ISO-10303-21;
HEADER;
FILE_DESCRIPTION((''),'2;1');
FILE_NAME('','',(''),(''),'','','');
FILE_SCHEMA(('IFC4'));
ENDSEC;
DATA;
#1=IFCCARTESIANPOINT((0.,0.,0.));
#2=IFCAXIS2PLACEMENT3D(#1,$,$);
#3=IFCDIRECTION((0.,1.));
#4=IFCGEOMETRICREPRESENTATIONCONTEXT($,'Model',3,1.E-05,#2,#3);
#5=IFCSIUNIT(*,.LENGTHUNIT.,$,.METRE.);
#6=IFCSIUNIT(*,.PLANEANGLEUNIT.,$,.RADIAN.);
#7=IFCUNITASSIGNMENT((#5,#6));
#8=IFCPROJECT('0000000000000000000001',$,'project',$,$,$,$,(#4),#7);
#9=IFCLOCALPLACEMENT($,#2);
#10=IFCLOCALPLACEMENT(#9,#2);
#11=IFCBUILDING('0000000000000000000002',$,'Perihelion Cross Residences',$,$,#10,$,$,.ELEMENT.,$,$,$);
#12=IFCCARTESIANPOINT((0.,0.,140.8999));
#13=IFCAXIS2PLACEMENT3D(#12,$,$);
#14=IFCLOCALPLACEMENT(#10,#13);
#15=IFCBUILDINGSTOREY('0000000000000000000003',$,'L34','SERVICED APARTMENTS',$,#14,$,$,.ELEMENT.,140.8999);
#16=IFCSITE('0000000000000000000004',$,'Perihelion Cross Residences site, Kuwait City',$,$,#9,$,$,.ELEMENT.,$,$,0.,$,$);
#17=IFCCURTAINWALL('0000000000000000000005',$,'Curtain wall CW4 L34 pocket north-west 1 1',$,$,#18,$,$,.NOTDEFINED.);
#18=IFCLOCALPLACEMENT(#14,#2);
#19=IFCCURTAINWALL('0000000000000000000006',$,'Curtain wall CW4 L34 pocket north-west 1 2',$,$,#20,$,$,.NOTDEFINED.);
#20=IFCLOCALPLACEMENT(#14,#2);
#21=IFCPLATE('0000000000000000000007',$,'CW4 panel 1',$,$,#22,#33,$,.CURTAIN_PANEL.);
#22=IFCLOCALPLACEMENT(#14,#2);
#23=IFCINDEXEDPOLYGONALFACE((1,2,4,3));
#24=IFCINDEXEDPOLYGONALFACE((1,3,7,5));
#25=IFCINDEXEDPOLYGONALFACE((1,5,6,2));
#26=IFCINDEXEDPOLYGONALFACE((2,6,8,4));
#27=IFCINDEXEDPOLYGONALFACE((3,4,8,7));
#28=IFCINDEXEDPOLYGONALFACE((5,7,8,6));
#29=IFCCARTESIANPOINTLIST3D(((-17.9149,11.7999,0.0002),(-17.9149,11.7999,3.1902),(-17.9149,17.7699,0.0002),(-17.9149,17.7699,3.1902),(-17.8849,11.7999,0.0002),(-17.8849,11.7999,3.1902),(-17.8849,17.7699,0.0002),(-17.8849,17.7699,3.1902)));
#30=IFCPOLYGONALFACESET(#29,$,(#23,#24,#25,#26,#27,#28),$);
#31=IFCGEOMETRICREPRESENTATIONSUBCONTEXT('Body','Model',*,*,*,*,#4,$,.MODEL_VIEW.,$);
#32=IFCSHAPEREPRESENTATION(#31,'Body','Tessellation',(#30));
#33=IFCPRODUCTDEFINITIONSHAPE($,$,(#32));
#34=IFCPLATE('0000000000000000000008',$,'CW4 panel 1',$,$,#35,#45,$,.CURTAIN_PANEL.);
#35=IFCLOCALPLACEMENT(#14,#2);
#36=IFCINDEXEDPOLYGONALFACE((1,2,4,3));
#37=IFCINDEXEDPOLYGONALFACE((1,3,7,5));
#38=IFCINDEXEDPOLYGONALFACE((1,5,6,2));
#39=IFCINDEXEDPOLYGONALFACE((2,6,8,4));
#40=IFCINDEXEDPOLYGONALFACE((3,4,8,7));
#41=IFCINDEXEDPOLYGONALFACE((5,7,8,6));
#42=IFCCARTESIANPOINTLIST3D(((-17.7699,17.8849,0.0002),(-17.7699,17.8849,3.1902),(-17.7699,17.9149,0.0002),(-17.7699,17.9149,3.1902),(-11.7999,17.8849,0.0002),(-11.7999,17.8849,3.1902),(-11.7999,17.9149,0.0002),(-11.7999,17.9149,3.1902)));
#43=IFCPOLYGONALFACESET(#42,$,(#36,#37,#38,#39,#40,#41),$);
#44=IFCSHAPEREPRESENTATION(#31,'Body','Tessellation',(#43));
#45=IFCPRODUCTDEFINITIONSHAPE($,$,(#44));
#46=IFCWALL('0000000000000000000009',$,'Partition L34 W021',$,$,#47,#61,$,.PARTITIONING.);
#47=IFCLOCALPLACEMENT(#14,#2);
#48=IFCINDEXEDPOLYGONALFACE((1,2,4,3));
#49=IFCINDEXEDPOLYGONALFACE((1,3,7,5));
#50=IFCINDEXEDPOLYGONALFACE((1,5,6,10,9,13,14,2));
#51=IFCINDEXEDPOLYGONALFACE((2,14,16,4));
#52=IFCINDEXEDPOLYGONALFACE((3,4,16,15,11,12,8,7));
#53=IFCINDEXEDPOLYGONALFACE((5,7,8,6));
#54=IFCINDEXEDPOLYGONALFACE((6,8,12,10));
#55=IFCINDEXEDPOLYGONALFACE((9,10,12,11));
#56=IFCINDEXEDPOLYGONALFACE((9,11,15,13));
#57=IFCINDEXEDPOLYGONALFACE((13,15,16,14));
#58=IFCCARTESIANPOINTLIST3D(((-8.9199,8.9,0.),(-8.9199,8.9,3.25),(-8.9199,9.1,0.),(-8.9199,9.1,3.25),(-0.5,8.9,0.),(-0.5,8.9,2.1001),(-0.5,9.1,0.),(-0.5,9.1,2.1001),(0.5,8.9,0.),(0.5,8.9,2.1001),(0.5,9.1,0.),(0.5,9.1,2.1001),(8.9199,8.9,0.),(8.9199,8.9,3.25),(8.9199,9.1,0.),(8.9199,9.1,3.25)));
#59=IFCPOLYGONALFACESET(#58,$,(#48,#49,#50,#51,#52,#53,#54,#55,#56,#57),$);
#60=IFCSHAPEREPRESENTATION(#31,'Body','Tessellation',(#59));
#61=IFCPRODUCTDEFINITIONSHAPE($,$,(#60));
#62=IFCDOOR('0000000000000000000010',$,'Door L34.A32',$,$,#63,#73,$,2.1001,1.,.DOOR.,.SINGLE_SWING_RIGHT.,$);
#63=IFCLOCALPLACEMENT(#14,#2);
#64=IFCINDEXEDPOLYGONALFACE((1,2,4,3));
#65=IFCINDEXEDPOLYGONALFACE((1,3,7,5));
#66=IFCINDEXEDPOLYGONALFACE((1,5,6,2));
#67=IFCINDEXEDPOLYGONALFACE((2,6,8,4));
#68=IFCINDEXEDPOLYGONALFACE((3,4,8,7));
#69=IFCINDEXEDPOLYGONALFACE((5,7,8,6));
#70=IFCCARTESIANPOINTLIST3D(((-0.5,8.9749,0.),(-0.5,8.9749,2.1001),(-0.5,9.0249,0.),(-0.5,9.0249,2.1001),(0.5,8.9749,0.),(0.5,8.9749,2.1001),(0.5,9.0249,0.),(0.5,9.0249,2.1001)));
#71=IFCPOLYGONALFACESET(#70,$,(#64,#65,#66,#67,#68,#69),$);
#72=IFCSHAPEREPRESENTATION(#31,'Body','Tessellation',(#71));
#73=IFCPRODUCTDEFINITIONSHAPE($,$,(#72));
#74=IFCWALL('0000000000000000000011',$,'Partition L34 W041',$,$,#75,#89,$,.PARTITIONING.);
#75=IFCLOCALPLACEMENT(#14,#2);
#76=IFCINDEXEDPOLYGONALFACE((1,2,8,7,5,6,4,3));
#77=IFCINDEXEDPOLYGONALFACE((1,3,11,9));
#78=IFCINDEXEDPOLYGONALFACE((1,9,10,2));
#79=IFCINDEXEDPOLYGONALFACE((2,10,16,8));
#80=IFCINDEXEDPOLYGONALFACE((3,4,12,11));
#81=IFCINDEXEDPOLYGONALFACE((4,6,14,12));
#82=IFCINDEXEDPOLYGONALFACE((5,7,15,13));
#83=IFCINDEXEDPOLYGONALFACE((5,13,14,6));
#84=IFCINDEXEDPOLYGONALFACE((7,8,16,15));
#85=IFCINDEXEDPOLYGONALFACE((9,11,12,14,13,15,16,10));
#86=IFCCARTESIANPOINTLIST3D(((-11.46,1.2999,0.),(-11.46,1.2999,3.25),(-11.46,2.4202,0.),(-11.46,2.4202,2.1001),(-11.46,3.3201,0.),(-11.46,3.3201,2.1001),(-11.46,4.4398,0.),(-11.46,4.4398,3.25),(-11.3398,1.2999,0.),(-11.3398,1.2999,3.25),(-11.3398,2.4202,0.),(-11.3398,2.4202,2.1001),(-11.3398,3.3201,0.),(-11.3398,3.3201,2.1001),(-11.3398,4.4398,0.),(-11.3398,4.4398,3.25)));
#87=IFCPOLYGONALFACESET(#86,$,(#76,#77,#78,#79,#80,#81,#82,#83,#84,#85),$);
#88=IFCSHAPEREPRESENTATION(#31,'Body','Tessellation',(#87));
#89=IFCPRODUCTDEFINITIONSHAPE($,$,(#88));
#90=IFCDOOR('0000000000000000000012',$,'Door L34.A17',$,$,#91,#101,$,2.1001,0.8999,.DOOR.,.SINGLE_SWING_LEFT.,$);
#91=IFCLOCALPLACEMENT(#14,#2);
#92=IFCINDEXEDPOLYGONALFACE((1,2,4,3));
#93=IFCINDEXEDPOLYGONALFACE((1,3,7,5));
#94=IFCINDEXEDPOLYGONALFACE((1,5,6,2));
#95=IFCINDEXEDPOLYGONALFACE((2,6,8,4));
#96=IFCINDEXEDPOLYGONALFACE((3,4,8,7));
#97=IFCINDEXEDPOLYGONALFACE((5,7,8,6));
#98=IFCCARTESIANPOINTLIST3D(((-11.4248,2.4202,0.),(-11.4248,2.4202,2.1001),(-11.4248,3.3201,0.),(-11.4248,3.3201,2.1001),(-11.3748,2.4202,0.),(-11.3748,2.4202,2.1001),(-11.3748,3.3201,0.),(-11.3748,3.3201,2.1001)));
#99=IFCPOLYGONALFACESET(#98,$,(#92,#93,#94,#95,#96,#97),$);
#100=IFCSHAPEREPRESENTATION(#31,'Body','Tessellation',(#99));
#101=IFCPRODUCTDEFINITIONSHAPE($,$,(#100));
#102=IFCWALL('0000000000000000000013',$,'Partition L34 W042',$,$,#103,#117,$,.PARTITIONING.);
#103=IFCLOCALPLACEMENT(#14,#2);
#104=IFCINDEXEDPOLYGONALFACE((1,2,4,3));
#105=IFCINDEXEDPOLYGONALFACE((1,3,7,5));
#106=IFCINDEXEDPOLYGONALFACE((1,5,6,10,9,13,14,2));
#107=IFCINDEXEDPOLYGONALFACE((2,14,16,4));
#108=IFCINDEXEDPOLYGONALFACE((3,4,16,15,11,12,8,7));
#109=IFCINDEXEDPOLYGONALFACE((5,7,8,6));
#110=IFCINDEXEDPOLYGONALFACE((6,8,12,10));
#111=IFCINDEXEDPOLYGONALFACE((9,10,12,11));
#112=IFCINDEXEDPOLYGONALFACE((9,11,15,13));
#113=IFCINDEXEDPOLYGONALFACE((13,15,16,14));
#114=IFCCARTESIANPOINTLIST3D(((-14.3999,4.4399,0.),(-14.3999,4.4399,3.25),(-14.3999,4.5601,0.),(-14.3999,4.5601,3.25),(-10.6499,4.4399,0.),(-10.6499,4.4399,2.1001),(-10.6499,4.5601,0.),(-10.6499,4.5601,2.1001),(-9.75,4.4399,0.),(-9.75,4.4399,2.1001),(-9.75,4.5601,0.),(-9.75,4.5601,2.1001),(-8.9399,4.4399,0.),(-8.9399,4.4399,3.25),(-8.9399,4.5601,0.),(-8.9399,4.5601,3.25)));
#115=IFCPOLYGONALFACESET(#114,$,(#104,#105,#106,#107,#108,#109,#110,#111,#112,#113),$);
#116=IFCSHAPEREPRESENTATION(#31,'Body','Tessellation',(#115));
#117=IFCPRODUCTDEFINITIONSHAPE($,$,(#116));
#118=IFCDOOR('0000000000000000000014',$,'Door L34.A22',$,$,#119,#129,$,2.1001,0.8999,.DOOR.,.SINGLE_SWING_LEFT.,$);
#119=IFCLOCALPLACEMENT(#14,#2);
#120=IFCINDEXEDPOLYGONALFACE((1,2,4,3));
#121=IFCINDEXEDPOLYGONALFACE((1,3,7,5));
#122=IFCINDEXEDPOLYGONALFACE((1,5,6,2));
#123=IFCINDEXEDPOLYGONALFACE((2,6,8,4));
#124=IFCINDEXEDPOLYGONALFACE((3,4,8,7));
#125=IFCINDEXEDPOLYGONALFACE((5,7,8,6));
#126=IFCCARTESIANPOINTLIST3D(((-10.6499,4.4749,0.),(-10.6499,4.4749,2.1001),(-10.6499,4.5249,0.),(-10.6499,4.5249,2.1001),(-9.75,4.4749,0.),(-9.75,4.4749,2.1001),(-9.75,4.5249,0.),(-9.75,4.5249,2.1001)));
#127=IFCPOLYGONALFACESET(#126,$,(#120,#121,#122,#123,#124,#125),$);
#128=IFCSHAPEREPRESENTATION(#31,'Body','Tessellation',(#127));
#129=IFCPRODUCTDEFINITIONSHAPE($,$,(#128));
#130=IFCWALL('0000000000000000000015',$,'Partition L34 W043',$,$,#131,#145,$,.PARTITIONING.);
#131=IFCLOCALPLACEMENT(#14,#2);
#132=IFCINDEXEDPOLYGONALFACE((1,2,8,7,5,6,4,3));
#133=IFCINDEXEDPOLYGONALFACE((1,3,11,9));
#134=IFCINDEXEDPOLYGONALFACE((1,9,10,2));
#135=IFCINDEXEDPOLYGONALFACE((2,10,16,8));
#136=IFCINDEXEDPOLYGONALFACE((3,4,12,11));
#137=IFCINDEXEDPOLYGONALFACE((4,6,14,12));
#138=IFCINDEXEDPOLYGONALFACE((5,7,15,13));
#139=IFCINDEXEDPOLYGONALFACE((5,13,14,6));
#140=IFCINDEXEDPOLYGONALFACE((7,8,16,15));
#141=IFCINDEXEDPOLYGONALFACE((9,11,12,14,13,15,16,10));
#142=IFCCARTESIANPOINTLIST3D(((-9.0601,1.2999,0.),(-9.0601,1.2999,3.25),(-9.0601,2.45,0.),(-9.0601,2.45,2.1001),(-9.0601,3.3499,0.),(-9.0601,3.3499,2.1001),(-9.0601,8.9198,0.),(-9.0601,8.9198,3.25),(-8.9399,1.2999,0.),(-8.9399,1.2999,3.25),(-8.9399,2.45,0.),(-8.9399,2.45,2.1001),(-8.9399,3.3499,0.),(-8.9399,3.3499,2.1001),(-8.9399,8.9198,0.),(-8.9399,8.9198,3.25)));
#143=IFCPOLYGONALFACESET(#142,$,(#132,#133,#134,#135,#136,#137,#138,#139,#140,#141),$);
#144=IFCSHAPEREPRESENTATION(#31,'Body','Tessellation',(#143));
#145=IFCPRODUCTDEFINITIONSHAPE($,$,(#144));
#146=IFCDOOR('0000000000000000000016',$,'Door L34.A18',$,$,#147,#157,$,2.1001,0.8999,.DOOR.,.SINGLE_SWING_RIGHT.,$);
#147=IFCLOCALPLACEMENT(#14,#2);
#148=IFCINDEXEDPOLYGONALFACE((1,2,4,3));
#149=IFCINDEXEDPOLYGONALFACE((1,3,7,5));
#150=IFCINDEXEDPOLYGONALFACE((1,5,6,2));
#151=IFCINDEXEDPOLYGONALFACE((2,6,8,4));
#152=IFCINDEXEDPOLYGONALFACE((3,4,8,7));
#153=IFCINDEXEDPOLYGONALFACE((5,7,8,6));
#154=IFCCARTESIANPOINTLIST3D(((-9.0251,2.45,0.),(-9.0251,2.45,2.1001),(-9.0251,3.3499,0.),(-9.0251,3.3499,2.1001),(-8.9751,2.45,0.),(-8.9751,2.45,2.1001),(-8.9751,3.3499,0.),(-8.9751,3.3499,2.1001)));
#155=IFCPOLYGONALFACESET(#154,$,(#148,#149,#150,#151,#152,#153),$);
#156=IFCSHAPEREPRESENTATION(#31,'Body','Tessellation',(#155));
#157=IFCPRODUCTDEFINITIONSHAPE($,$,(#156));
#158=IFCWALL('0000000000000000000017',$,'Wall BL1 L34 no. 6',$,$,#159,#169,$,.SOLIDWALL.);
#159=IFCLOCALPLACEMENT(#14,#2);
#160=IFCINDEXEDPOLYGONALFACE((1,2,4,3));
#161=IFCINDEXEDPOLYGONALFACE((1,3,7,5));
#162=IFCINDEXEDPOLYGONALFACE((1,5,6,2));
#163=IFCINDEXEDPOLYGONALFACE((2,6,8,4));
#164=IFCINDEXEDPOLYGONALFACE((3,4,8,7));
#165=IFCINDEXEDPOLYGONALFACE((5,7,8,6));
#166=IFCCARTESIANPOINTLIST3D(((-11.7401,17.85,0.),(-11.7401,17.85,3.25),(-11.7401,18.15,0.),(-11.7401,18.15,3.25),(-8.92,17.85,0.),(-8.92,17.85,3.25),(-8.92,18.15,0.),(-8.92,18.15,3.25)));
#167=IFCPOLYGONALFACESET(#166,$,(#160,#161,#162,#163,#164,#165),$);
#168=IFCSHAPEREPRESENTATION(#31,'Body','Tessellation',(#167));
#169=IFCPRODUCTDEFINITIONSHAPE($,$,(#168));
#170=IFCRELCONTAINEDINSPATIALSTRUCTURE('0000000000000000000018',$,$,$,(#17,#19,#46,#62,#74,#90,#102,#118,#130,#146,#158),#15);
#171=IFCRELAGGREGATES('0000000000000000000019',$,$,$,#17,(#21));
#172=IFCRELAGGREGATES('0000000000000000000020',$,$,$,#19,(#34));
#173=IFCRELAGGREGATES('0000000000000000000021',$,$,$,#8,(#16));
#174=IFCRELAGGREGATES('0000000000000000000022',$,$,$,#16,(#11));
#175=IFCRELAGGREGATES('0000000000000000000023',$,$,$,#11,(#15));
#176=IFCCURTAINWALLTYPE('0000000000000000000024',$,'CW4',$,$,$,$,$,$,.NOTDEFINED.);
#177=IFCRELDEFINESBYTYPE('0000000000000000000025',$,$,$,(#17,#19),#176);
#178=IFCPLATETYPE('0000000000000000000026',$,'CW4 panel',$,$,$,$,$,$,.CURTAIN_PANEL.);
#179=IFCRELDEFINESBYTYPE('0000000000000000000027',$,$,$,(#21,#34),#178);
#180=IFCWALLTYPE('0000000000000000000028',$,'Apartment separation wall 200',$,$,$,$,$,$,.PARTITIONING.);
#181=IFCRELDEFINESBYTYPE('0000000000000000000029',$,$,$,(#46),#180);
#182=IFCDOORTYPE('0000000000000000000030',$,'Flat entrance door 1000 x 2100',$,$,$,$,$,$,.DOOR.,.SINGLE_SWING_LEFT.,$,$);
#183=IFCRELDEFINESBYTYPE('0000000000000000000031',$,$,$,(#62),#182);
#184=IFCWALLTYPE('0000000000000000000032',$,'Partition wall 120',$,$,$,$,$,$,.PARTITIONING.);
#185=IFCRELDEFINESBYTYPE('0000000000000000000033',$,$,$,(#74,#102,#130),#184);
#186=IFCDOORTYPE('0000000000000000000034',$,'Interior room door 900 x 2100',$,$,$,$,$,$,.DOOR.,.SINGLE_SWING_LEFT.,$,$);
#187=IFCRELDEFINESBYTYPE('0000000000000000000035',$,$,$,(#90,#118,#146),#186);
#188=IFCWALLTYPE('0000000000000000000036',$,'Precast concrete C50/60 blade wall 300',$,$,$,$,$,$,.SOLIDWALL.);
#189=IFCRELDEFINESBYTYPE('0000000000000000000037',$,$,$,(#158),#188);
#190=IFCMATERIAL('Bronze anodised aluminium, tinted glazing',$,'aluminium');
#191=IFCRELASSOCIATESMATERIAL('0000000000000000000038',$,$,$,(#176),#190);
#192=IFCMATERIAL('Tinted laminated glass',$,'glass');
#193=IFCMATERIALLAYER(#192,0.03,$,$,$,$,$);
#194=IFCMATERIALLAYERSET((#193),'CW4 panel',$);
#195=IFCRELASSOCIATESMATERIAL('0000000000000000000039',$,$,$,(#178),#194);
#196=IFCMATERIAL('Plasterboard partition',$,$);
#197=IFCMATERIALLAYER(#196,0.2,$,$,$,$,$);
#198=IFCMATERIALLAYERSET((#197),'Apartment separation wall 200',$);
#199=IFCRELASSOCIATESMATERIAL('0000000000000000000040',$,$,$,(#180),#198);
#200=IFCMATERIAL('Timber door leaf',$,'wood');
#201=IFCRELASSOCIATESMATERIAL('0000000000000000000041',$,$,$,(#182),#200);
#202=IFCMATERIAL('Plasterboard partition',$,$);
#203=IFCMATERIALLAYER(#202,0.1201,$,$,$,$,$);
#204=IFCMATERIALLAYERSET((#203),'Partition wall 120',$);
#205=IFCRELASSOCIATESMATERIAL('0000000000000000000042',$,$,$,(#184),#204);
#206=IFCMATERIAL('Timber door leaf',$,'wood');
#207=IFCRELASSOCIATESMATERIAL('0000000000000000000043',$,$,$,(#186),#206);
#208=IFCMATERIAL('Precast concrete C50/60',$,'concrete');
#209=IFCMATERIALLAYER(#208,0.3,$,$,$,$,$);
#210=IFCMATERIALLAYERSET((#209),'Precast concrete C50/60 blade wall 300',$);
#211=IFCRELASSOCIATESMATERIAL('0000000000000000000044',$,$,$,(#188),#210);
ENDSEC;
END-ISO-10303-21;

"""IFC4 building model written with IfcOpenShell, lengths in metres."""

from ifc_helpers import new_model, si_unit, direction, frame, frame_2d, origin, origin_2d, place, context, subcontext, project, spatial, rectangle, extrude, material, layer, layer_set, type_object, element, fill, aggregate, save


model = new_model("IFC4")

# Units and contexts
model_context = context("Model", 3, precision=1e-05, world=origin(), true_north=direction((0.0, 1.0)))
body_context = subcontext(model_context, "Body", "Model", "MODEL_VIEW")
ifc_project = project(units=[si_unit("LENGTHUNIT", "METRE"), si_unit("PLANEANGLEUNIT", "RADIAN")], contexts=[model_context])

# Site, building, storey
site_placement = place(None, origin())
site = spatial("IfcSite", under=ifc_project, at=site_placement, Name="Perihelion Cross Residences site, Kuwait City", CompositionType="ELEMENT", RefElevation=0.0)
building_placement = place(site_placement, origin())
building = spatial("IfcBuilding", under=site, at=building_placement, Name="Perihelion Cross Residences", CompositionType="ELEMENT")
storey_placement = place(building_placement, frame((0.0, 0.0, 140.8999)))
storey = spatial("IfcBuildingStorey", under=building, at=storey_placement, Name="L34", Description="SERVICED APARTMENTS", CompositionType="ELEMENT", Elevation=140.8999)

# Curtain walls
ifc_material_1 = material(Name="Bronze anodised aluminium, tinted glazing", Category="aluminium")
curtain_wall_type_1 = type_object("IfcCurtainWallType", Name="CW4", PredefinedType="NOTDEFINED", material=ifc_material_1)
curtain_wall_1_placement = place(storey_placement, origin())
curtain_wall_1 = element("IfcCurtainWall", 1, at=curtain_wall_1_placement, inside=storey, type_object=curtain_wall_type_1, Name="Curtain wall CW4 L34 pocket north-west 1 1", PredefinedType="NOTDEFINED")
curtain_wall_2_placement = place(storey_placement, origin())
curtain_wall_2 = element("IfcCurtainWall", 2, at=curtain_wall_2_placement, inside=storey, type_object=curtain_wall_type_1, Name="Curtain wall CW4 L34 pocket north-west 1 2", PredefinedType="NOTDEFINED")

# Plates
ifc_material_2 = material(Name="Tinted laminated glass", Category="glass")
ifc_layer_1 = layer(ifc_material_2, 0.03)
ifc_layer_set_1 = layer_set([ifc_layer_1], Name="CW4 panel")
plate_type_1 = type_object("IfcPlateType", Name="CW4 panel", PredefinedType="CURTAIN_PANEL", material=ifc_layer_set_1)
plate_1_placement = place(storey_placement, frame((-17.8999, 14.7849, 0.0002), z_axis=(0.0, 0.0, 1.0), x_axis=(0.0, 1.0, 0.0)))
plate_1 = element("IfcPlate", 3, at=plate_1_placement, type_object=plate_type_1, Name="CW4 panel 1", PredefinedType="CURTAIN_PANEL", context=body_context, shape_type="SweptSolid", body=[
    extrude(rectangle(XDim=5.97, YDim=0.03, at=origin_2d()), origin(), (0.0, 0.0, 1.0), 3.1899),
])
aggregate(curtain_wall_1, [plate_1])
plate_2_placement = place(storey_placement, frame((-14.7849, 17.8999, 0.0002), z_axis=(0.0, 0.0, 1.0), x_axis=(1.0, 0.0, 0.0)))
plate_2 = element("IfcPlate", 4, at=plate_2_placement, type_object=plate_type_1, Name="CW4 panel 1", PredefinedType="CURTAIN_PANEL", context=body_context, shape_type="SweptSolid", body=[
    extrude(rectangle(XDim=5.97, YDim=0.03, at=origin_2d()), origin(), (0.0, 0.0, 1.0), 3.1899),
])
aggregate(curtain_wall_2, [plate_2])

# Walls, openings, doors
ifc_material_3 = material(Name="Plasterboard partition")
ifc_layer_2 = layer(ifc_material_3, 0.2)
ifc_layer_set_2 = layer_set([ifc_layer_2], Name="Apartment separation wall 200")
wall_type_1 = type_object("IfcWallType", Name="Apartment separation wall 200", PredefinedType="PARTITIONING", material=ifc_layer_set_2)
wall_1_placement = place(storey_placement, frame((-8.9199, 9.0, 0.0), z_axis=(0.0, 0.0, 1.0), x_axis=(1.0, 0.0, 0.0)))
wall_1 = element("IfcWall", 5, at=wall_1_placement, inside=storey, type_object=wall_type_1, Name="Partition L34 W021", PredefinedType="PARTITIONING", context=body_context, shape_type="SweptSolid", body=[
    extrude(rectangle(XDim=17.8398, YDim=0.2, at=frame_2d((8.9199, 0.0))), origin(), (0.0, 0.0, 1.0), 3.25),
])
opening_1_placement = place(wall_1_placement, frame((8.4199, 0.0, 0.0)))
opening_1 = element("IfcOpeningElement", 6, at=opening_1_placement, cuts=wall_1, PredefinedType="OPENING", context=body_context, shape_type="SweptSolid", body=[
    extrude(rectangle(XDim=1.0, YDim=2.1001, at=frame_2d((0.5, 1.05))), frame((0.0, 0.1099, 0.0), z_axis=(0.0, -1.0, 0.0), x_axis=(1.0, 0.0, 0.0)), (0.0, 0.0, 1.0), 0.22),
])
ifc_material_4 = material(Name="Timber door leaf", Category="wood")
door_type_1 = type_object("IfcDoorType", Name="Flat entrance door 1000 x 2100", OperationType="SINGLE_SWING_LEFT", PredefinedType="DOOR", material=ifc_material_4)
door_1_placement = place(opening_1_placement, origin())
door_1 = element("IfcDoor", 7, at=door_1_placement, inside=storey, type_object=door_type_1, Name="Door L34.A32", OperationType="SINGLE_SWING_RIGHT", OverallHeight=2.1001, OverallWidth=1.0, PredefinedType="DOOR", context=body_context, shape_type="SweptSolid", body=[
    extrude(rectangle(XDim=1.0, YDim=2.1001, at=frame_2d((0.5, 1.05))), frame((0.0, 0.0249, 0.0), z_axis=(0.0, -1.0, 0.0), x_axis=(1.0, 0.0, 0.0)), (0.0, 0.0, 1.0), 0.05),
])
fill(opening_1, door_1)
ifc_material_5 = material(Name="Plasterboard partition")
ifc_layer_3 = layer(ifc_material_5, 0.1201)
ifc_layer_set_3 = layer_set([ifc_layer_3], Name="Partition wall 120")
wall_type_2 = type_object("IfcWallType", Name="Partition wall 120", PredefinedType="PARTITIONING", material=ifc_layer_set_3)
wall_2_placement = place(storey_placement, frame((-11.3999, 1.3, 0.0), z_axis=(0.0, 0.0, 1.0), x_axis=(0.0, 1.0, 0.0)))
wall_2 = element("IfcWall", 8, at=wall_2_placement, inside=storey, type_object=wall_type_2, Name="Partition L34 W041", PredefinedType="PARTITIONING", context=body_context, shape_type="SweptSolid", body=[
    extrude(rectangle(XDim=3.1399, YDim=0.1201, at=frame_2d((1.5698, 0.0))), origin(), (0.0, 0.0, 1.0), 3.25),
])
opening_2_placement = place(wall_2_placement, frame((1.1201, 0.0, 0.0)))
opening_2 = element("IfcOpeningElement", 9, at=opening_2_placement, cuts=wall_2, PredefinedType="OPENING", context=body_context, shape_type="SweptSolid", body=[
    extrude(rectangle(XDim=0.8999, YDim=2.1001, at=frame_2d((0.45, 1.05))), frame((0.0, 0.0701, 0.0), z_axis=(0.0, -1.0, 0.0), x_axis=(1.0, 0.0, 0.0)), (0.0, 0.0, 1.0), 0.1401),
])
ifc_material_6 = material(Name="Timber door leaf", Category="wood")
door_type_2 = type_object("IfcDoorType", Name="Interior room door 900 x 2100", OperationType="SINGLE_SWING_LEFT", PredefinedType="DOOR", material=ifc_material_6)
door_2_placement = place(opening_2_placement, origin())
door_2 = element("IfcDoor", 10, at=door_2_placement, inside=storey, type_object=door_type_2, Name="Door L34.A17", OperationType="SINGLE_SWING_LEFT", OverallHeight=2.1001, OverallWidth=0.8999, PredefinedType="DOOR", context=body_context, shape_type="SweptSolid", body=[
    extrude(rectangle(XDim=0.8999, YDim=2.1001, at=frame_2d((0.45, 1.05))), frame((0.0, 0.0249, 0.0), z_axis=(0.0, -1.0, 0.0), x_axis=(1.0, 0.0, 0.0)), (0.0, 0.0, 1.0), 0.05),
])
fill(opening_2, door_2)
wall_3_placement = place(storey_placement, frame((-14.3999, 4.5, 0.0), z_axis=(0.0, 0.0, 1.0), x_axis=(1.0, 0.0, 0.0)))
wall_3 = element("IfcWall", 11, at=wall_3_placement, inside=storey, type_object=wall_type_2, Name="Partition L34 W042", PredefinedType="PARTITIONING", context=body_context, shape_type="SweptSolid", body=[
    extrude(rectangle(XDim=5.46, YDim=0.1201, at=frame_2d((2.73, 0.0))), origin(), (0.0, 0.0, 1.0), 3.25),
])
opening_3_placement = place(wall_3_placement, frame((3.75, 0.0, 0.0)))
opening_3 = element("IfcOpeningElement", 12, at=opening_3_placement, cuts=wall_3, PredefinedType="OPENING", context=body_context, shape_type="SweptSolid", body=[
    extrude(rectangle(XDim=0.8999, YDim=2.1001, at=frame_2d((0.45, 1.05))), frame((0.0, 0.0701, 0.0), z_axis=(0.0, -1.0, 0.0), x_axis=(1.0, 0.0, 0.0)), (0.0, 0.0, 1.0), 0.1401),
])
door_3_placement = place(opening_3_placement, origin())
door_3 = element("IfcDoor", 13, at=door_3_placement, inside=storey, type_object=door_type_2, Name="Door L34.A22", OperationType="SINGLE_SWING_LEFT", OverallHeight=2.1001, OverallWidth=0.8999, PredefinedType="DOOR", context=body_context, shape_type="SweptSolid", body=[
    extrude(rectangle(XDim=0.8999, YDim=2.1001, at=frame_2d((0.45, 1.05))), frame((0.0, 0.0249, 0.0), z_axis=(0.0, -1.0, 0.0), x_axis=(1.0, 0.0, 0.0)), (0.0, 0.0, 1.0), 0.05),
])
fill(opening_3, door_3)
wall_4_placement = place(storey_placement, frame((-9.0, 8.9199, 0.0), z_axis=(0.0, 0.0, 1.0), x_axis=(0.0, -1.0, 0.0)))
wall_4 = element("IfcWall", 14, at=wall_4_placement, inside=storey, type_object=wall_type_2, Name="Partition L34 W043", PredefinedType="PARTITIONING", context=body_context, shape_type="SweptSolid", body=[
    extrude(rectangle(XDim=7.6199, YDim=0.1201, at=frame_2d((3.8101, 0.0))), origin(), (0.0, 0.0, 1.0), 3.25),
])
opening_4_placement = place(wall_4_placement, frame((5.5701, 0.0, 0.0)))
opening_4 = element("IfcOpeningElement", 15, at=opening_4_placement, cuts=wall_4, PredefinedType="OPENING", context=body_context, shape_type="SweptSolid", body=[
    extrude(rectangle(XDim=0.8999, YDim=2.1001, at=frame_2d((0.45, 1.05))), frame((0.0, 0.0701, 0.0), z_axis=(0.0, -1.0, 0.0), x_axis=(1.0, 0.0, 0.0)), (0.0, 0.0, 1.0), 0.1401),
])
door_4_placement = place(opening_4_placement, origin())
door_4 = element("IfcDoor", 16, at=door_4_placement, inside=storey, type_object=door_type_2, Name="Door L34.A18", OperationType="SINGLE_SWING_RIGHT", OverallHeight=2.1001, OverallWidth=0.8999, PredefinedType="DOOR", context=body_context, shape_type="SweptSolid", body=[
    extrude(rectangle(XDim=0.8999, YDim=2.1001, at=frame_2d((0.45, 1.05))), frame((0.0, 0.0249, 0.0), z_axis=(0.0, -1.0, 0.0), x_axis=(1.0, 0.0, 0.0)), (0.0, 0.0, 1.0), 0.05),
])
fill(opening_4, door_4)

# Wall
ifc_material_7 = material(Name="Precast concrete C50/60", Category="concrete")
ifc_layer_4 = layer(ifc_material_7, 0.3)
ifc_layer_set_4 = layer_set([ifc_layer_4], Name="Precast concrete C50/60 blade wall 300")
wall_type_3 = type_object("IfcWallType", Name="Precast concrete C50/60 blade wall 300", PredefinedType="SOLIDWALL", material=ifc_layer_set_4)
wall_5_placement = place(storey_placement, frame((-8.9199, 18.0, 0.0), z_axis=(0.0, 0.0, 1.0), x_axis=(-1.0, 0.0, 0.0)))
element("IfcWall", 17, at=wall_5_placement, inside=storey, type_object=wall_type_3, Name="Wall BL1 L34 no. 6", PredefinedType="SOLIDWALL", context=body_context, shape_type="SweptSolid", body=[
    extrude(rectangle(XDim=2.8201, YDim=0.3, at=frame_2d((1.4102, 0.0))), origin(), (0.0, 0.0, 1.0), 3.25),
])

save(model, "model.ifc")
